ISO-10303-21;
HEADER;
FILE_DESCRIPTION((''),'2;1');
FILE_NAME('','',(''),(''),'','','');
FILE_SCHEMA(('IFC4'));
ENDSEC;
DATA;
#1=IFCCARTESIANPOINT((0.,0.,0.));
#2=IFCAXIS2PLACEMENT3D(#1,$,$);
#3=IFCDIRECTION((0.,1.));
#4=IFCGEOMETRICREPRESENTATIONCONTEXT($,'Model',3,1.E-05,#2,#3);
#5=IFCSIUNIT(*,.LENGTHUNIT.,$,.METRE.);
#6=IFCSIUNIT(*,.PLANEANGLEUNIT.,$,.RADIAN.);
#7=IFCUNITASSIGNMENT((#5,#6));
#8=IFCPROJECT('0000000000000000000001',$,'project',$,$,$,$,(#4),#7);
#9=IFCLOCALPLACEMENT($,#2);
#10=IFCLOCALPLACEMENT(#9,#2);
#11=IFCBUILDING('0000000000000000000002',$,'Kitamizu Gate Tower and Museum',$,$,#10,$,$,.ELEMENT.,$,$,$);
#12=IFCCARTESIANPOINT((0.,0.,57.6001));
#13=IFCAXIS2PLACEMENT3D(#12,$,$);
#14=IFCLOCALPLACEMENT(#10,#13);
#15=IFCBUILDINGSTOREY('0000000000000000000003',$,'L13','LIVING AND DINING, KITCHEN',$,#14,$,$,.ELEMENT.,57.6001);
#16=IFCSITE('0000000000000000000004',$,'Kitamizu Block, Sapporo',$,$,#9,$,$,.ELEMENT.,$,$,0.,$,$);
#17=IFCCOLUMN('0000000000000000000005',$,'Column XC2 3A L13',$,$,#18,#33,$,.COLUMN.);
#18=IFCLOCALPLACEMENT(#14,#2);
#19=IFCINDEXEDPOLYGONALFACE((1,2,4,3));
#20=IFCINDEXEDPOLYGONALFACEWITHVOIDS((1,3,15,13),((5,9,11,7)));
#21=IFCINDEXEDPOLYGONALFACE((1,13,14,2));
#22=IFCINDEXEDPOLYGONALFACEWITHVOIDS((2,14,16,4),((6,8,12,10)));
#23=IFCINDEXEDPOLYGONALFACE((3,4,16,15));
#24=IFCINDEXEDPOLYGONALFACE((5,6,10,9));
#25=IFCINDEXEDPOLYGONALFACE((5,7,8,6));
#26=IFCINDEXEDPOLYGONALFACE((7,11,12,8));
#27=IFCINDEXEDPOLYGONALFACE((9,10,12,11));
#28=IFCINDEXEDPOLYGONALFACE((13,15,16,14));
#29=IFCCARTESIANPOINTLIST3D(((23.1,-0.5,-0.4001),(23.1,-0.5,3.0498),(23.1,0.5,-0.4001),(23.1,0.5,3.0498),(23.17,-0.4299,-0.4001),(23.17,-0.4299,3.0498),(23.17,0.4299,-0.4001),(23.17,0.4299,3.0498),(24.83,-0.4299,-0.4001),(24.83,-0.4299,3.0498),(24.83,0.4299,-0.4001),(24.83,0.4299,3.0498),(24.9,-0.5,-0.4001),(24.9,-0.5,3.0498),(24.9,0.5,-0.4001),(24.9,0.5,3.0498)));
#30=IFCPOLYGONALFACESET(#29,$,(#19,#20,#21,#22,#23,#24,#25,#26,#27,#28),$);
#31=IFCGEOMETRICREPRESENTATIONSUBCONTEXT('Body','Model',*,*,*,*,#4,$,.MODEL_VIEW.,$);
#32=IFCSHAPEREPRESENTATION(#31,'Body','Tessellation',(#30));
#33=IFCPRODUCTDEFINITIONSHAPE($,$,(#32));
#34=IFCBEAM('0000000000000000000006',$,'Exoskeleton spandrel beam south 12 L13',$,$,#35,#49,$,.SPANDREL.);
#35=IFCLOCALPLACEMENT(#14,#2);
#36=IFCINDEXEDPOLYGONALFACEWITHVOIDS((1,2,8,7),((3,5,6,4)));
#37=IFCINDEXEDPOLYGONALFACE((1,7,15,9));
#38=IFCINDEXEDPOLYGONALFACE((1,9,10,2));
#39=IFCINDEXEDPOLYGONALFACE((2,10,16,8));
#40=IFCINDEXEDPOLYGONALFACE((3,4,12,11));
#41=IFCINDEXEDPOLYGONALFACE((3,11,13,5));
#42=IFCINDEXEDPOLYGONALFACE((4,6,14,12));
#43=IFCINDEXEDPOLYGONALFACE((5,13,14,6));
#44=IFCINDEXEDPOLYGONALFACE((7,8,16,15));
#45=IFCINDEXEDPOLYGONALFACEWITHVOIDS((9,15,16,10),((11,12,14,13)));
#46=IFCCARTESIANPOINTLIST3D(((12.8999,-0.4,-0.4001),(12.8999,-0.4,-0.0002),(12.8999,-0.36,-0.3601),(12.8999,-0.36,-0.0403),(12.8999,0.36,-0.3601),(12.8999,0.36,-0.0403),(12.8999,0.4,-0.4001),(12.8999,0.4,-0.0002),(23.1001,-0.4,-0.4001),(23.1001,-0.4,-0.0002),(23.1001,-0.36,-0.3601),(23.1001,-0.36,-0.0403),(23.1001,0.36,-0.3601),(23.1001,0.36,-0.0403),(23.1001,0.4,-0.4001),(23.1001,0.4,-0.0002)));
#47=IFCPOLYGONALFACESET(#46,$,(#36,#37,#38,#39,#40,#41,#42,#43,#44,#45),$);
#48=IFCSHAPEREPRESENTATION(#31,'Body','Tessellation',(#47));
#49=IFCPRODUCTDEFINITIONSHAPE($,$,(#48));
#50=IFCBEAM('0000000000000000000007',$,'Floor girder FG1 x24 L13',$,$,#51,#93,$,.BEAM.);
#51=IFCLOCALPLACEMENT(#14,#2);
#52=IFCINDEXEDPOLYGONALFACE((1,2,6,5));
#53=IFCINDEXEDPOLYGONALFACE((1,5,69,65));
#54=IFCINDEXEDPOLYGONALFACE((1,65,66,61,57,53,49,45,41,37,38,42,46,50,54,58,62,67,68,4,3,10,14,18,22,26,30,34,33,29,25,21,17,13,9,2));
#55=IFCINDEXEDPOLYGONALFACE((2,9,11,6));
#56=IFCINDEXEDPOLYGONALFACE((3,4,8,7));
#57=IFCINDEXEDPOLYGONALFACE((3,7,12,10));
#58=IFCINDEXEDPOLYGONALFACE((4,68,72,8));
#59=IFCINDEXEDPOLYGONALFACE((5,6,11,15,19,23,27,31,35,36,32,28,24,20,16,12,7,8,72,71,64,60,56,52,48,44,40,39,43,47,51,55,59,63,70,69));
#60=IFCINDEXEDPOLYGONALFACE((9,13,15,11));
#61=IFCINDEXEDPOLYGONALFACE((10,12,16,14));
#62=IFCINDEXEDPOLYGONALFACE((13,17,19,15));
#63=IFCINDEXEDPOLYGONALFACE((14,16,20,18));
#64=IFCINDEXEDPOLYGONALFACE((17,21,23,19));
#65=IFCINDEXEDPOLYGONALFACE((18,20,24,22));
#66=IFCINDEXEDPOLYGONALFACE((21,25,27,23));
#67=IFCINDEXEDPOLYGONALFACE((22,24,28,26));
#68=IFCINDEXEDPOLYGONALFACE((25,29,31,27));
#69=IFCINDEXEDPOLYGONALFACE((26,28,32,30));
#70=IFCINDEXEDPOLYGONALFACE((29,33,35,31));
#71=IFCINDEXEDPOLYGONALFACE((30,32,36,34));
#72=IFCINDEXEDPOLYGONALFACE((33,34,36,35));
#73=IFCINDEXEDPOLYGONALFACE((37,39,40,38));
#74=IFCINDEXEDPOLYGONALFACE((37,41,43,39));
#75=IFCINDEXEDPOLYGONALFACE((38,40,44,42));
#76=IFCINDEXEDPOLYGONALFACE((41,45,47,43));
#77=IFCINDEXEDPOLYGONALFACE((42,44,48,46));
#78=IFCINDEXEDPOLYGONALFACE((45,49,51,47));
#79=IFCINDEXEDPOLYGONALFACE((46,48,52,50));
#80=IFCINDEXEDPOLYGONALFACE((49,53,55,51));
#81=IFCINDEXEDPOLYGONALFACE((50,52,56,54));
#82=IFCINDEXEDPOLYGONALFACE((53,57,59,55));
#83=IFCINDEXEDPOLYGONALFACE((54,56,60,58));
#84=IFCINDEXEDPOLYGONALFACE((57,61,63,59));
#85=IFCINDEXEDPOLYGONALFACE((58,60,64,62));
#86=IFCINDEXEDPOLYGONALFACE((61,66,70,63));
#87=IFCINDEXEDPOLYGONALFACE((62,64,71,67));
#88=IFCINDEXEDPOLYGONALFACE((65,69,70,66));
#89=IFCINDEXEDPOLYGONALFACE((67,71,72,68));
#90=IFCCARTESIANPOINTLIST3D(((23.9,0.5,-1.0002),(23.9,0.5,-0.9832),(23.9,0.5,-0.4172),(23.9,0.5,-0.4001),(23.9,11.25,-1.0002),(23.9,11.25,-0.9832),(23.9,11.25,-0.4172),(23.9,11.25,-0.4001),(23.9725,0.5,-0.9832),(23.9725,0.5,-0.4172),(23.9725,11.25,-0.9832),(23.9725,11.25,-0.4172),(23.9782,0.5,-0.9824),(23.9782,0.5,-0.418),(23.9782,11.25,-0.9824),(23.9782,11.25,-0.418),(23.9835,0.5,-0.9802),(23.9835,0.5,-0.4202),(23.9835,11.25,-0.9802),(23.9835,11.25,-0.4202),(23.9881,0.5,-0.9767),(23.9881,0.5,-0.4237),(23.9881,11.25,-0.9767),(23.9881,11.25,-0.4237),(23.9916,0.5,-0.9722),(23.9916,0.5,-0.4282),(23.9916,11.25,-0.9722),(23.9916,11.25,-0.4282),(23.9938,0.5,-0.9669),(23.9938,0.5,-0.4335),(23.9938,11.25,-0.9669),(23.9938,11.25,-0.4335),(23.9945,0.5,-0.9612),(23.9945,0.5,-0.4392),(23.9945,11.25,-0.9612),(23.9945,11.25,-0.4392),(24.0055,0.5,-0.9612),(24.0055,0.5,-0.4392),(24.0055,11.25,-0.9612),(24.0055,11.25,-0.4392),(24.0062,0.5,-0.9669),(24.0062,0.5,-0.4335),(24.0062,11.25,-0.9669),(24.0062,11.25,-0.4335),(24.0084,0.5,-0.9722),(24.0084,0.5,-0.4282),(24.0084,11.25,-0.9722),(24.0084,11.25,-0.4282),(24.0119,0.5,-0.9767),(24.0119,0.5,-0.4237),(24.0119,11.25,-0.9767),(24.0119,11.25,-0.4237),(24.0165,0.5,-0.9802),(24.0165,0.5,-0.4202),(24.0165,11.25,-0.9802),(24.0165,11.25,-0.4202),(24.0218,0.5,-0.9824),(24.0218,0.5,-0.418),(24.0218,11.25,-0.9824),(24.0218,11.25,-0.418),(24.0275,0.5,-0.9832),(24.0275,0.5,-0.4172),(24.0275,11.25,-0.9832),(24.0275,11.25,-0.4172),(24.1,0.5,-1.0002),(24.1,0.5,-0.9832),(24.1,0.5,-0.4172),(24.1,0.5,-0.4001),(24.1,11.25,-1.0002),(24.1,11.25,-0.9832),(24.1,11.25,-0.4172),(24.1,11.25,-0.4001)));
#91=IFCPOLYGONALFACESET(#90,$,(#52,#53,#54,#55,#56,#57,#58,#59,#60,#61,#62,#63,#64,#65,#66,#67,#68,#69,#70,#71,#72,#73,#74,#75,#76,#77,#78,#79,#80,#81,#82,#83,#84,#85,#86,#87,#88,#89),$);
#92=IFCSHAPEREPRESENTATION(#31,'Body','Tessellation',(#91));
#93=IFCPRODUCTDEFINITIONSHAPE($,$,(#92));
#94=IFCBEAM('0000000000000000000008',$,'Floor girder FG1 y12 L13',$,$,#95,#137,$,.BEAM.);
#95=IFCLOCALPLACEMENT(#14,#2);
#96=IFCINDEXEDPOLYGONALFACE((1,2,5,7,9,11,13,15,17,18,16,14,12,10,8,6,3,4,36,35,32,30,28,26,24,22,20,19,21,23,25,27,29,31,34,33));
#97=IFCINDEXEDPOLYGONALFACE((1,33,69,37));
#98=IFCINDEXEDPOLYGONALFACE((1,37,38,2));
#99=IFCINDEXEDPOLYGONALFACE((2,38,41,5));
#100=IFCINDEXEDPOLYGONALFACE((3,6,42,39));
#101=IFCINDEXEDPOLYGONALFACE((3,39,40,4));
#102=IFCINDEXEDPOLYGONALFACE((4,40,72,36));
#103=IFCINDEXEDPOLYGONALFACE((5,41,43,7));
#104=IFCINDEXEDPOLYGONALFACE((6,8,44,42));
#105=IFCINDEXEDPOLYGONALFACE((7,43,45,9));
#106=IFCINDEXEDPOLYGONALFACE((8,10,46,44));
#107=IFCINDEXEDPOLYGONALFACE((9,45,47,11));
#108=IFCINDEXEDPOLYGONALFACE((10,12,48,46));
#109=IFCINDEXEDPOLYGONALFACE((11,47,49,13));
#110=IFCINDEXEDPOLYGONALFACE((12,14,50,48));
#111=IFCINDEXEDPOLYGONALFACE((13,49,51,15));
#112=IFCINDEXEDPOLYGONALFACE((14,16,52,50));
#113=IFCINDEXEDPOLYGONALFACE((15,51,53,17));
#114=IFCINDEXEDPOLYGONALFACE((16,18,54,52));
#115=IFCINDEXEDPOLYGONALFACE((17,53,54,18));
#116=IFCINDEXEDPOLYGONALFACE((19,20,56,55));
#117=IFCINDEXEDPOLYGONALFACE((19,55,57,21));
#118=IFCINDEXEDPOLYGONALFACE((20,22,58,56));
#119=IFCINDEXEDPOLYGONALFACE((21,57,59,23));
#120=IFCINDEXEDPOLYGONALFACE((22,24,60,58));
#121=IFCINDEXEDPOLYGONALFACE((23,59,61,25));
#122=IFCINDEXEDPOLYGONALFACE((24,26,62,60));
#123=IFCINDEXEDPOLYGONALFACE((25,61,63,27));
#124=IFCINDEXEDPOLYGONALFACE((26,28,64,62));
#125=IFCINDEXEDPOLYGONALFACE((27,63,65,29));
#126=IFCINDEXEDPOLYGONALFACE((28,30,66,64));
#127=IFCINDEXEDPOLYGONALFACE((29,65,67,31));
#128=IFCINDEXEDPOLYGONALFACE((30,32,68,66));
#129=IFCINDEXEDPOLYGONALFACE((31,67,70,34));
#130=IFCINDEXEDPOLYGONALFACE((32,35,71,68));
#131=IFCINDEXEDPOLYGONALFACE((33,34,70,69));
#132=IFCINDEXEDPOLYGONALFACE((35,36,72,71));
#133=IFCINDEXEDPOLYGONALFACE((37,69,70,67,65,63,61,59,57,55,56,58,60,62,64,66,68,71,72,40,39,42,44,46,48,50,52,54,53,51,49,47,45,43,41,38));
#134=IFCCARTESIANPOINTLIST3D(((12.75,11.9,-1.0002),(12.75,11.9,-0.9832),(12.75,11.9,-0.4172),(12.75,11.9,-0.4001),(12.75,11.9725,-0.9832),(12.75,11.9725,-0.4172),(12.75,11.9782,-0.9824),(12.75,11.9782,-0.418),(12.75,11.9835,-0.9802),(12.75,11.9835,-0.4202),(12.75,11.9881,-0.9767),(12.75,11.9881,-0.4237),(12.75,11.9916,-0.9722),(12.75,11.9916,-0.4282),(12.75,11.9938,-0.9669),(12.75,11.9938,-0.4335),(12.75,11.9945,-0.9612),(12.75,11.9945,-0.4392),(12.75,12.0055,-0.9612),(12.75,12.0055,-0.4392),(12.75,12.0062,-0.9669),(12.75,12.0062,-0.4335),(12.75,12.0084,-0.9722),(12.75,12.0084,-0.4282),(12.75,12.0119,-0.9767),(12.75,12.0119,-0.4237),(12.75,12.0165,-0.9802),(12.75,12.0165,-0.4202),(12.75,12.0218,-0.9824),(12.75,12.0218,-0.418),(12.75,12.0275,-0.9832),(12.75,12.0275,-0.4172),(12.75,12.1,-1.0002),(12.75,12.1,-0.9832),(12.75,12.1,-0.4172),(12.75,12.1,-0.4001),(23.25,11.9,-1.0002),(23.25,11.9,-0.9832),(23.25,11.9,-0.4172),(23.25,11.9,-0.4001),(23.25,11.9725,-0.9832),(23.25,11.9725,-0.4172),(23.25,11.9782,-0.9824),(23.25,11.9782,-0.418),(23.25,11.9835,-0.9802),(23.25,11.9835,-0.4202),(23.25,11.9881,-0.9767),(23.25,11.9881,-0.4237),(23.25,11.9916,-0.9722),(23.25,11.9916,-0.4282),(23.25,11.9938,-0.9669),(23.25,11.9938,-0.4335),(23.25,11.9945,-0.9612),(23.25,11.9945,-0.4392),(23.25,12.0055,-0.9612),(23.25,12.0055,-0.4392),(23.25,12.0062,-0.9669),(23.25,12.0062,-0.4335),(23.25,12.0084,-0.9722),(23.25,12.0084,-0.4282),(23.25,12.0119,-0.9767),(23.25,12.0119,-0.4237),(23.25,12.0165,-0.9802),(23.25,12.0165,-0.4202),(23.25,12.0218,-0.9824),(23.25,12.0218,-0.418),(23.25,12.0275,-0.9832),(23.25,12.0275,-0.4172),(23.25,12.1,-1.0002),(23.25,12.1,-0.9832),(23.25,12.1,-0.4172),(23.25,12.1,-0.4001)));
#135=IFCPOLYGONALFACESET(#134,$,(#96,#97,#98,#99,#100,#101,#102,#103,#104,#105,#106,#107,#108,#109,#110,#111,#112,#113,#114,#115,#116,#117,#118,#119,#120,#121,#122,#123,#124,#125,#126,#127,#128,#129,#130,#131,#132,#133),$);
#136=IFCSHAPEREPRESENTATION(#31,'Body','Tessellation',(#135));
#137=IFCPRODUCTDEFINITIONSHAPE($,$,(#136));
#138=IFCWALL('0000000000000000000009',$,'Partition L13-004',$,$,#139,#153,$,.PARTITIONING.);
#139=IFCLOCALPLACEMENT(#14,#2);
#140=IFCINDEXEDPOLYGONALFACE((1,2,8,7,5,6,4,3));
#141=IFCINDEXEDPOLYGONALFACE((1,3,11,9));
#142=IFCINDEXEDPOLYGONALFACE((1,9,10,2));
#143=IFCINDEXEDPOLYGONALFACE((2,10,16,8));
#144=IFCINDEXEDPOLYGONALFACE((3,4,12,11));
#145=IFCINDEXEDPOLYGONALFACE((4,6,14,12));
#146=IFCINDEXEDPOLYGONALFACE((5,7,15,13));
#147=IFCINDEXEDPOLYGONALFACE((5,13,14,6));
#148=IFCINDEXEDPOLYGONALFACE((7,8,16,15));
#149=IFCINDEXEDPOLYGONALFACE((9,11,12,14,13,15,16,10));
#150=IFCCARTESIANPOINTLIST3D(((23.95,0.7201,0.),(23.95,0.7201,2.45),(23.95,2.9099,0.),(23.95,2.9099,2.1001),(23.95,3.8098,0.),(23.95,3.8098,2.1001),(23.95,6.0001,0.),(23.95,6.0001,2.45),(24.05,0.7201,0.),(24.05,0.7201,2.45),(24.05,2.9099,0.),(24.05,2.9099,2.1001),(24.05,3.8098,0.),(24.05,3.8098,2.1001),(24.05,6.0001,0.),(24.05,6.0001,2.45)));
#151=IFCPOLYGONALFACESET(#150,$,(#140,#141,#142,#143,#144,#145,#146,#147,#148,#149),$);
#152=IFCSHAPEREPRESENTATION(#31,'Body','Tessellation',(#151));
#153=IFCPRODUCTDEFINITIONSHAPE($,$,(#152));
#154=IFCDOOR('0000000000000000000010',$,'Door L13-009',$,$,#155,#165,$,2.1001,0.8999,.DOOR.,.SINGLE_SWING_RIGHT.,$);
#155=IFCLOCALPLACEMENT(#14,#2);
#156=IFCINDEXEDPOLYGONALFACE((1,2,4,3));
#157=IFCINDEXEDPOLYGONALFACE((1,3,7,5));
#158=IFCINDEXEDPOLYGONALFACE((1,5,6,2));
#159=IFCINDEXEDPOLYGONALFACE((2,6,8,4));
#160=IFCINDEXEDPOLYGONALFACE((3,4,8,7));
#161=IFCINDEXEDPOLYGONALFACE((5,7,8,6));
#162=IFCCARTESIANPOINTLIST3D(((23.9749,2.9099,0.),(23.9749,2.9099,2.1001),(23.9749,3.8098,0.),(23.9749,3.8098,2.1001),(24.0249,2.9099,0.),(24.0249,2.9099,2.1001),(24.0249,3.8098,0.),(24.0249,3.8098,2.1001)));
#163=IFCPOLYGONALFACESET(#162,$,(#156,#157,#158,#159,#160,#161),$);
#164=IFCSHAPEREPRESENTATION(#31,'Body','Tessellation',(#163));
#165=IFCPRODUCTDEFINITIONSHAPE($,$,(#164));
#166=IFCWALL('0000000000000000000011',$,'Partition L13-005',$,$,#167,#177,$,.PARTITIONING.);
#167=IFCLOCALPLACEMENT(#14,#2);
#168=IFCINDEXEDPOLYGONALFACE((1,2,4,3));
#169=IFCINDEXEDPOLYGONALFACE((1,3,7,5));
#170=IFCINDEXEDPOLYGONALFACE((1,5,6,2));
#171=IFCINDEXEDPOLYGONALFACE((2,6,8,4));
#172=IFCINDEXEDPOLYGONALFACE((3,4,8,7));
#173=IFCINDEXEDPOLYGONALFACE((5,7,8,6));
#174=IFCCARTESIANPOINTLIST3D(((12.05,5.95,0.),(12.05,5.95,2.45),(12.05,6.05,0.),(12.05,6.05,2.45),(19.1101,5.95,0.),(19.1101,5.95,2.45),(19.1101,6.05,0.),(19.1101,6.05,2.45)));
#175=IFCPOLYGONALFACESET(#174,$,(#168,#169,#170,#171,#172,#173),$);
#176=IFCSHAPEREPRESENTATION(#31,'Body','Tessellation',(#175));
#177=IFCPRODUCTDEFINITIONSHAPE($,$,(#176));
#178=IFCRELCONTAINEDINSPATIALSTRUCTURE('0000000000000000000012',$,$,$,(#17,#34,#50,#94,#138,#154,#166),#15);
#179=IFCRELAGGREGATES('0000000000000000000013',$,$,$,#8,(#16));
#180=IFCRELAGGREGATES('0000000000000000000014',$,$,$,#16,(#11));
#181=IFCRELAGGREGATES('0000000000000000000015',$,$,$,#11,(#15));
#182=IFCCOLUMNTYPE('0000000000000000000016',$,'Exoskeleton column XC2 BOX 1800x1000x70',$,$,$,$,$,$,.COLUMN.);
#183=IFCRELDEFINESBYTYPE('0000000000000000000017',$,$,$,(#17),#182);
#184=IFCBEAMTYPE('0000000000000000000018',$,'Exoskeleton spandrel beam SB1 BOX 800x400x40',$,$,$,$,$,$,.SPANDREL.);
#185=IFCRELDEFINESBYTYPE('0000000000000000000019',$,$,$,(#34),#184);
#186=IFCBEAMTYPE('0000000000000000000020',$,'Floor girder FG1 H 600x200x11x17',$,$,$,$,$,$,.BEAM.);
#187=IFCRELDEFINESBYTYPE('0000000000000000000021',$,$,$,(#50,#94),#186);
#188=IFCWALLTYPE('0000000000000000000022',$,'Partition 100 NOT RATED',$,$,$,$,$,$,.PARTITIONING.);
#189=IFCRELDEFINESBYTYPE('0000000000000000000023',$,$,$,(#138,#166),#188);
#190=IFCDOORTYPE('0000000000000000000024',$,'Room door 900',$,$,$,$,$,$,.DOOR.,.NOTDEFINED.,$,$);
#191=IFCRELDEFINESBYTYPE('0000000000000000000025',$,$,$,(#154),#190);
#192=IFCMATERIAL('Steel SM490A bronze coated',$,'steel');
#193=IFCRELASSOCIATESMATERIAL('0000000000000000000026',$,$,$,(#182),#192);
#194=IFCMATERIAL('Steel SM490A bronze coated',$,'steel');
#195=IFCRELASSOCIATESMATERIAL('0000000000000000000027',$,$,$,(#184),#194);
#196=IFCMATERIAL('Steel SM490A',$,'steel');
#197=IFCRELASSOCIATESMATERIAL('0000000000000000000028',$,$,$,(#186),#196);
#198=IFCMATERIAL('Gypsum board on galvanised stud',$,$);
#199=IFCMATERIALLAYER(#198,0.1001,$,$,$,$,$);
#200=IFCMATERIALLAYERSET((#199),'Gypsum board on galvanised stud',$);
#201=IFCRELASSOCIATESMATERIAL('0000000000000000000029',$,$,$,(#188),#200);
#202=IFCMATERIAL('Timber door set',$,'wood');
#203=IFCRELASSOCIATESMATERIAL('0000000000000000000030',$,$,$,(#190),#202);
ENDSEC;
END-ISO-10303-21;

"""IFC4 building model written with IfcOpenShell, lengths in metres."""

from ifc_helpers import new_model, si_unit, direction, frame, frame_2d, origin, origin_2d, place, context, subcontext, project, spatial, rectangle, hollow_rectangle, i_section, extrude, material, layer, layer_set, material_profile, profile_set, type_object, element, fill, save


model = new_model("IFC4")

# Units and contexts
model_context = context("Model", 3, precision=1e-05, world=origin(), true_north=direction((0.0, 1.0)))
body_context = subcontext(model_context, "Body", "Model", "MODEL_VIEW")
ifc_project = project(units=[si_unit("LENGTHUNIT", "METRE"), si_unit("PLANEANGLEUNIT", "RADIAN")], contexts=[model_context])

# Site, building, storey
site_placement = place(None, origin())
site = spatial("IfcSite", under=ifc_project, at=site_placement, Name="Kitamizu Block, Sapporo", CompositionType="ELEMENT", RefElevation=0.0)
building_placement = place(site_placement, origin())
building = spatial("IfcBuilding", under=site, at=building_placement, Name="Kitamizu Gate Tower and Museum", CompositionType="ELEMENT")
storey_placement = place(building_placement, frame((0.0, 0.0, 57.6001)))
storey = spatial("IfcBuildingStorey", under=building, at=storey_placement, Name="L13", Description="LIVING AND DINING, KITCHEN", CompositionType="ELEMENT", Elevation=57.6001)

# Column
ifc_material_1 = material(Name="Steel SM490A bronze coated", Category="steel")
ifc_material_profile_1 = material_profile(ifc_material_1, hollow_rectangle(XDim=1.8, YDim=1.0, WallThickness=0.0701, at=origin_2d()), Name="BOX 1800x1000x70")
ifc_profile_set_1 = profile_set([ifc_material_profile_1], Name="Steel SM490A bronze coated")
column_type = type_object("IfcColumnType", Name="Exoskeleton column XC2 BOX 1800x1000x70", PredefinedType="COLUMN", material=ifc_profile_set_1)
column_placement = place(storey_placement, frame((24.0, 0.0, -0.4001), z_axis=(0.0, 0.0, 1.0), x_axis=(1.0, 0.0, 0.0)))
element("IfcColumn", 1, at=column_placement, inside=storey, type_object=column_type, Name="Column XC2 3A L13", PredefinedType="COLUMN", context=body_context, shape_type="SweptSolid", body=[
    extrude(hollow_rectangle(XDim=1.8, YDim=1.0, WallThickness=0.0701, at=origin_2d()), origin(), (0.0, 0.0, 1.0), 3.45),
])

# Beams
ifc_material_2 = material(Name="Steel SM490A bronze coated", Category="steel")
ifc_material_profile_2 = material_profile(ifc_material_2, hollow_rectangle(XDim=0.8, YDim=0.3999, WallThickness=0.04, at=origin_2d()), Name="BOX 800x400x40")
ifc_profile_set_2 = profile_set([ifc_material_profile_2], Name="Steel SM490A bronze coated")
beam_type_1 = type_object("IfcBeamType", Name="Exoskeleton spandrel beam SB1 BOX 800x400x40", PredefinedType="SPANDREL", material=ifc_profile_set_2)
beam_1_placement = place(storey_placement, frame((12.8999, 0.0, -0.2002), z_axis=(1.0, 0.0, 0.0), x_axis=(0.0, 1.0, 0.0)))
element("IfcBeam", 2, at=beam_1_placement, inside=storey, type_object=beam_type_1, Name="Exoskeleton spandrel beam south 12 L13", PredefinedType="SPANDREL", context=body_context, shape_type="SweptSolid", body=[
    extrude(hollow_rectangle(XDim=0.8, YDim=0.3999, WallThickness=0.04, at=origin_2d()), origin(), (0.0, 0.0, 1.0), 10.2002),
])
ifc_material_3 = material(Name="Steel SM490A", Category="steel")
ifc_material_profile_3 = material_profile(ifc_material_3, i_section(OverallWidth=0.2, OverallDepth=0.6001, WebThickness=0.011, FlangeThickness=0.0171, FilletRadius=0.022, at=origin_2d()), Name="H-600x200x11x17")
ifc_profile_set_3 = profile_set([ifc_material_profile_3], Name="Steel SM490A")
beam_type_2 = type_object("IfcBeamType", Name="Floor girder FG1 H 600x200x11x17", PredefinedType="BEAM", material=ifc_profile_set_3)
beam_2_placement = place(storey_placement, frame((24.0, 0.5, -0.7002), z_axis=(0.0, 1.0, 0.0), x_axis=(-1.0, 0.0, 0.0)))
element("IfcBeam", 3, at=beam_2_placement, inside=storey, type_object=beam_type_2, Name="Floor girder FG1 x24 L13", PredefinedType="BEAM", context=body_context, shape_type="SweptSolid", body=[
    extrude(i_section(OverallWidth=0.2, OverallDepth=0.6001, WebThickness=0.011, FlangeThickness=0.0171, FilletRadius=0.022, at=origin_2d()), origin(), (0.0, 0.0, 1.0), 10.75),
])
beam_3_placement = place(storey_placement, frame((12.75, 12.0, -0.7002), z_axis=(1.0, 0.0, 0.0), x_axis=(0.0, 1.0, 0.0)))
element("IfcBeam", 4, at=beam_3_placement, inside=storey, type_object=beam_type_2, Name="Floor girder FG1 y12 L13", PredefinedType="BEAM", context=body_context, shape_type="SweptSolid", body=[
    extrude(i_section(OverallWidth=0.2, OverallDepth=0.6001, WebThickness=0.011, FlangeThickness=0.0171, FilletRadius=0.022, at=origin_2d()), origin(), (0.0, 0.0, 1.0), 10.5),
])

# Wall, opening, door
ifc_material_4 = material(Name="Gypsum board on galvanised stud")
ifc_layer_1 = layer(ifc_material_4, 0.1001)
ifc_layer_set_1 = layer_set([ifc_layer_1], Name="Gypsum board on galvanised stud")
wall_type_1 = type_object("IfcWallType", Name="Partition 100 NOT RATED", PredefinedType="PARTITIONING", material=ifc_layer_set_1)
wall_1_placement = place(storey_placement, frame((24.0, 0.72, 0.0), z_axis=(0.0, 0.0, 1.0), x_axis=(0.0, 1.0, 0.0)))
wall_1 = element("IfcWall", 5, at=wall_1_placement, inside=storey, type_object=wall_type_1, Name="Partition L13-004", PredefinedType="PARTITIONING", context=body_context, shape_type="SweptSolid", body=[
    extrude(rectangle(XDim=5.28, YDim=0.1001, at=frame_2d((2.6401, 0.0))), origin(), (0.0, 0.0, 1.0), 2.45),
])
opening_1_placement = place(wall_1_placement, frame((2.1899, 0.0, 0.0)))
opening_1 = element("IfcOpeningElement", 6, at=opening_1_placement, cuts=wall_1, PredefinedType="OPENING", context=body_context, shape_type="SweptSolid", body=[
    extrude(rectangle(XDim=0.8999, YDim=2.1001, at=frame_2d((0.45, 1.05))), frame((0.0, 0.0601, 0.0), z_axis=(0.0, -1.0, 0.0), x_axis=(1.0, 0.0, 0.0)), (0.0, 0.0, 1.0), 0.1201),
])
ifc_material_5 = material(Name="Timber door set", Category="wood")
door_type_1 = type_object("IfcDoorType", Name="Room door 900", OperationType="NOTDEFINED", PredefinedType="DOOR", material=ifc_material_5)
door_1_placement = place(opening_1_placement, frame((0.8999, 0.0, 0.0), x_axis=(-1.0, 0.0, 0.0)))
door_1 = element("IfcDoor", 7, at=door_1_placement, inside=storey, type_object=door_type_1, Name="Door L13-009", OperationType="SINGLE_SWING_RIGHT", OverallHeight=2.1001, OverallWidth=0.8999, PredefinedType="DOOR", context=body_context, shape_type="SweptSolid", body=[
    extrude(rectangle(XDim=0.8999, YDim=2.1001, at=frame_2d((0.45, 1.05))), frame((0.0, 0.0249, 0.0), z_axis=(0.0, -1.0, 0.0), x_axis=(1.0, 0.0, 0.0)), (0.0, 0.0, 1.0), 0.05),
])
fill(opening_1, door_1)

# Wall
wall_2_placement = place(storey_placement, frame((19.1101, 6.0, 0.0), z_axis=(0.0, 0.0, 1.0), x_axis=(-1.0, 0.0, 0.0)))
element("IfcWall", 8, at=wall_2_placement, inside=storey, type_object=wall_type_1, Name="Partition L13-005", PredefinedType="PARTITIONING", context=body_context, shape_type="SweptSolid", body=[
    extrude(rectangle(XDim=7.0601, YDim=0.1001, at=frame_2d((3.53, 0.0))), origin(), (0.0, 0.0, 1.0), 2.45),
])

save(model, "model.ifc")
